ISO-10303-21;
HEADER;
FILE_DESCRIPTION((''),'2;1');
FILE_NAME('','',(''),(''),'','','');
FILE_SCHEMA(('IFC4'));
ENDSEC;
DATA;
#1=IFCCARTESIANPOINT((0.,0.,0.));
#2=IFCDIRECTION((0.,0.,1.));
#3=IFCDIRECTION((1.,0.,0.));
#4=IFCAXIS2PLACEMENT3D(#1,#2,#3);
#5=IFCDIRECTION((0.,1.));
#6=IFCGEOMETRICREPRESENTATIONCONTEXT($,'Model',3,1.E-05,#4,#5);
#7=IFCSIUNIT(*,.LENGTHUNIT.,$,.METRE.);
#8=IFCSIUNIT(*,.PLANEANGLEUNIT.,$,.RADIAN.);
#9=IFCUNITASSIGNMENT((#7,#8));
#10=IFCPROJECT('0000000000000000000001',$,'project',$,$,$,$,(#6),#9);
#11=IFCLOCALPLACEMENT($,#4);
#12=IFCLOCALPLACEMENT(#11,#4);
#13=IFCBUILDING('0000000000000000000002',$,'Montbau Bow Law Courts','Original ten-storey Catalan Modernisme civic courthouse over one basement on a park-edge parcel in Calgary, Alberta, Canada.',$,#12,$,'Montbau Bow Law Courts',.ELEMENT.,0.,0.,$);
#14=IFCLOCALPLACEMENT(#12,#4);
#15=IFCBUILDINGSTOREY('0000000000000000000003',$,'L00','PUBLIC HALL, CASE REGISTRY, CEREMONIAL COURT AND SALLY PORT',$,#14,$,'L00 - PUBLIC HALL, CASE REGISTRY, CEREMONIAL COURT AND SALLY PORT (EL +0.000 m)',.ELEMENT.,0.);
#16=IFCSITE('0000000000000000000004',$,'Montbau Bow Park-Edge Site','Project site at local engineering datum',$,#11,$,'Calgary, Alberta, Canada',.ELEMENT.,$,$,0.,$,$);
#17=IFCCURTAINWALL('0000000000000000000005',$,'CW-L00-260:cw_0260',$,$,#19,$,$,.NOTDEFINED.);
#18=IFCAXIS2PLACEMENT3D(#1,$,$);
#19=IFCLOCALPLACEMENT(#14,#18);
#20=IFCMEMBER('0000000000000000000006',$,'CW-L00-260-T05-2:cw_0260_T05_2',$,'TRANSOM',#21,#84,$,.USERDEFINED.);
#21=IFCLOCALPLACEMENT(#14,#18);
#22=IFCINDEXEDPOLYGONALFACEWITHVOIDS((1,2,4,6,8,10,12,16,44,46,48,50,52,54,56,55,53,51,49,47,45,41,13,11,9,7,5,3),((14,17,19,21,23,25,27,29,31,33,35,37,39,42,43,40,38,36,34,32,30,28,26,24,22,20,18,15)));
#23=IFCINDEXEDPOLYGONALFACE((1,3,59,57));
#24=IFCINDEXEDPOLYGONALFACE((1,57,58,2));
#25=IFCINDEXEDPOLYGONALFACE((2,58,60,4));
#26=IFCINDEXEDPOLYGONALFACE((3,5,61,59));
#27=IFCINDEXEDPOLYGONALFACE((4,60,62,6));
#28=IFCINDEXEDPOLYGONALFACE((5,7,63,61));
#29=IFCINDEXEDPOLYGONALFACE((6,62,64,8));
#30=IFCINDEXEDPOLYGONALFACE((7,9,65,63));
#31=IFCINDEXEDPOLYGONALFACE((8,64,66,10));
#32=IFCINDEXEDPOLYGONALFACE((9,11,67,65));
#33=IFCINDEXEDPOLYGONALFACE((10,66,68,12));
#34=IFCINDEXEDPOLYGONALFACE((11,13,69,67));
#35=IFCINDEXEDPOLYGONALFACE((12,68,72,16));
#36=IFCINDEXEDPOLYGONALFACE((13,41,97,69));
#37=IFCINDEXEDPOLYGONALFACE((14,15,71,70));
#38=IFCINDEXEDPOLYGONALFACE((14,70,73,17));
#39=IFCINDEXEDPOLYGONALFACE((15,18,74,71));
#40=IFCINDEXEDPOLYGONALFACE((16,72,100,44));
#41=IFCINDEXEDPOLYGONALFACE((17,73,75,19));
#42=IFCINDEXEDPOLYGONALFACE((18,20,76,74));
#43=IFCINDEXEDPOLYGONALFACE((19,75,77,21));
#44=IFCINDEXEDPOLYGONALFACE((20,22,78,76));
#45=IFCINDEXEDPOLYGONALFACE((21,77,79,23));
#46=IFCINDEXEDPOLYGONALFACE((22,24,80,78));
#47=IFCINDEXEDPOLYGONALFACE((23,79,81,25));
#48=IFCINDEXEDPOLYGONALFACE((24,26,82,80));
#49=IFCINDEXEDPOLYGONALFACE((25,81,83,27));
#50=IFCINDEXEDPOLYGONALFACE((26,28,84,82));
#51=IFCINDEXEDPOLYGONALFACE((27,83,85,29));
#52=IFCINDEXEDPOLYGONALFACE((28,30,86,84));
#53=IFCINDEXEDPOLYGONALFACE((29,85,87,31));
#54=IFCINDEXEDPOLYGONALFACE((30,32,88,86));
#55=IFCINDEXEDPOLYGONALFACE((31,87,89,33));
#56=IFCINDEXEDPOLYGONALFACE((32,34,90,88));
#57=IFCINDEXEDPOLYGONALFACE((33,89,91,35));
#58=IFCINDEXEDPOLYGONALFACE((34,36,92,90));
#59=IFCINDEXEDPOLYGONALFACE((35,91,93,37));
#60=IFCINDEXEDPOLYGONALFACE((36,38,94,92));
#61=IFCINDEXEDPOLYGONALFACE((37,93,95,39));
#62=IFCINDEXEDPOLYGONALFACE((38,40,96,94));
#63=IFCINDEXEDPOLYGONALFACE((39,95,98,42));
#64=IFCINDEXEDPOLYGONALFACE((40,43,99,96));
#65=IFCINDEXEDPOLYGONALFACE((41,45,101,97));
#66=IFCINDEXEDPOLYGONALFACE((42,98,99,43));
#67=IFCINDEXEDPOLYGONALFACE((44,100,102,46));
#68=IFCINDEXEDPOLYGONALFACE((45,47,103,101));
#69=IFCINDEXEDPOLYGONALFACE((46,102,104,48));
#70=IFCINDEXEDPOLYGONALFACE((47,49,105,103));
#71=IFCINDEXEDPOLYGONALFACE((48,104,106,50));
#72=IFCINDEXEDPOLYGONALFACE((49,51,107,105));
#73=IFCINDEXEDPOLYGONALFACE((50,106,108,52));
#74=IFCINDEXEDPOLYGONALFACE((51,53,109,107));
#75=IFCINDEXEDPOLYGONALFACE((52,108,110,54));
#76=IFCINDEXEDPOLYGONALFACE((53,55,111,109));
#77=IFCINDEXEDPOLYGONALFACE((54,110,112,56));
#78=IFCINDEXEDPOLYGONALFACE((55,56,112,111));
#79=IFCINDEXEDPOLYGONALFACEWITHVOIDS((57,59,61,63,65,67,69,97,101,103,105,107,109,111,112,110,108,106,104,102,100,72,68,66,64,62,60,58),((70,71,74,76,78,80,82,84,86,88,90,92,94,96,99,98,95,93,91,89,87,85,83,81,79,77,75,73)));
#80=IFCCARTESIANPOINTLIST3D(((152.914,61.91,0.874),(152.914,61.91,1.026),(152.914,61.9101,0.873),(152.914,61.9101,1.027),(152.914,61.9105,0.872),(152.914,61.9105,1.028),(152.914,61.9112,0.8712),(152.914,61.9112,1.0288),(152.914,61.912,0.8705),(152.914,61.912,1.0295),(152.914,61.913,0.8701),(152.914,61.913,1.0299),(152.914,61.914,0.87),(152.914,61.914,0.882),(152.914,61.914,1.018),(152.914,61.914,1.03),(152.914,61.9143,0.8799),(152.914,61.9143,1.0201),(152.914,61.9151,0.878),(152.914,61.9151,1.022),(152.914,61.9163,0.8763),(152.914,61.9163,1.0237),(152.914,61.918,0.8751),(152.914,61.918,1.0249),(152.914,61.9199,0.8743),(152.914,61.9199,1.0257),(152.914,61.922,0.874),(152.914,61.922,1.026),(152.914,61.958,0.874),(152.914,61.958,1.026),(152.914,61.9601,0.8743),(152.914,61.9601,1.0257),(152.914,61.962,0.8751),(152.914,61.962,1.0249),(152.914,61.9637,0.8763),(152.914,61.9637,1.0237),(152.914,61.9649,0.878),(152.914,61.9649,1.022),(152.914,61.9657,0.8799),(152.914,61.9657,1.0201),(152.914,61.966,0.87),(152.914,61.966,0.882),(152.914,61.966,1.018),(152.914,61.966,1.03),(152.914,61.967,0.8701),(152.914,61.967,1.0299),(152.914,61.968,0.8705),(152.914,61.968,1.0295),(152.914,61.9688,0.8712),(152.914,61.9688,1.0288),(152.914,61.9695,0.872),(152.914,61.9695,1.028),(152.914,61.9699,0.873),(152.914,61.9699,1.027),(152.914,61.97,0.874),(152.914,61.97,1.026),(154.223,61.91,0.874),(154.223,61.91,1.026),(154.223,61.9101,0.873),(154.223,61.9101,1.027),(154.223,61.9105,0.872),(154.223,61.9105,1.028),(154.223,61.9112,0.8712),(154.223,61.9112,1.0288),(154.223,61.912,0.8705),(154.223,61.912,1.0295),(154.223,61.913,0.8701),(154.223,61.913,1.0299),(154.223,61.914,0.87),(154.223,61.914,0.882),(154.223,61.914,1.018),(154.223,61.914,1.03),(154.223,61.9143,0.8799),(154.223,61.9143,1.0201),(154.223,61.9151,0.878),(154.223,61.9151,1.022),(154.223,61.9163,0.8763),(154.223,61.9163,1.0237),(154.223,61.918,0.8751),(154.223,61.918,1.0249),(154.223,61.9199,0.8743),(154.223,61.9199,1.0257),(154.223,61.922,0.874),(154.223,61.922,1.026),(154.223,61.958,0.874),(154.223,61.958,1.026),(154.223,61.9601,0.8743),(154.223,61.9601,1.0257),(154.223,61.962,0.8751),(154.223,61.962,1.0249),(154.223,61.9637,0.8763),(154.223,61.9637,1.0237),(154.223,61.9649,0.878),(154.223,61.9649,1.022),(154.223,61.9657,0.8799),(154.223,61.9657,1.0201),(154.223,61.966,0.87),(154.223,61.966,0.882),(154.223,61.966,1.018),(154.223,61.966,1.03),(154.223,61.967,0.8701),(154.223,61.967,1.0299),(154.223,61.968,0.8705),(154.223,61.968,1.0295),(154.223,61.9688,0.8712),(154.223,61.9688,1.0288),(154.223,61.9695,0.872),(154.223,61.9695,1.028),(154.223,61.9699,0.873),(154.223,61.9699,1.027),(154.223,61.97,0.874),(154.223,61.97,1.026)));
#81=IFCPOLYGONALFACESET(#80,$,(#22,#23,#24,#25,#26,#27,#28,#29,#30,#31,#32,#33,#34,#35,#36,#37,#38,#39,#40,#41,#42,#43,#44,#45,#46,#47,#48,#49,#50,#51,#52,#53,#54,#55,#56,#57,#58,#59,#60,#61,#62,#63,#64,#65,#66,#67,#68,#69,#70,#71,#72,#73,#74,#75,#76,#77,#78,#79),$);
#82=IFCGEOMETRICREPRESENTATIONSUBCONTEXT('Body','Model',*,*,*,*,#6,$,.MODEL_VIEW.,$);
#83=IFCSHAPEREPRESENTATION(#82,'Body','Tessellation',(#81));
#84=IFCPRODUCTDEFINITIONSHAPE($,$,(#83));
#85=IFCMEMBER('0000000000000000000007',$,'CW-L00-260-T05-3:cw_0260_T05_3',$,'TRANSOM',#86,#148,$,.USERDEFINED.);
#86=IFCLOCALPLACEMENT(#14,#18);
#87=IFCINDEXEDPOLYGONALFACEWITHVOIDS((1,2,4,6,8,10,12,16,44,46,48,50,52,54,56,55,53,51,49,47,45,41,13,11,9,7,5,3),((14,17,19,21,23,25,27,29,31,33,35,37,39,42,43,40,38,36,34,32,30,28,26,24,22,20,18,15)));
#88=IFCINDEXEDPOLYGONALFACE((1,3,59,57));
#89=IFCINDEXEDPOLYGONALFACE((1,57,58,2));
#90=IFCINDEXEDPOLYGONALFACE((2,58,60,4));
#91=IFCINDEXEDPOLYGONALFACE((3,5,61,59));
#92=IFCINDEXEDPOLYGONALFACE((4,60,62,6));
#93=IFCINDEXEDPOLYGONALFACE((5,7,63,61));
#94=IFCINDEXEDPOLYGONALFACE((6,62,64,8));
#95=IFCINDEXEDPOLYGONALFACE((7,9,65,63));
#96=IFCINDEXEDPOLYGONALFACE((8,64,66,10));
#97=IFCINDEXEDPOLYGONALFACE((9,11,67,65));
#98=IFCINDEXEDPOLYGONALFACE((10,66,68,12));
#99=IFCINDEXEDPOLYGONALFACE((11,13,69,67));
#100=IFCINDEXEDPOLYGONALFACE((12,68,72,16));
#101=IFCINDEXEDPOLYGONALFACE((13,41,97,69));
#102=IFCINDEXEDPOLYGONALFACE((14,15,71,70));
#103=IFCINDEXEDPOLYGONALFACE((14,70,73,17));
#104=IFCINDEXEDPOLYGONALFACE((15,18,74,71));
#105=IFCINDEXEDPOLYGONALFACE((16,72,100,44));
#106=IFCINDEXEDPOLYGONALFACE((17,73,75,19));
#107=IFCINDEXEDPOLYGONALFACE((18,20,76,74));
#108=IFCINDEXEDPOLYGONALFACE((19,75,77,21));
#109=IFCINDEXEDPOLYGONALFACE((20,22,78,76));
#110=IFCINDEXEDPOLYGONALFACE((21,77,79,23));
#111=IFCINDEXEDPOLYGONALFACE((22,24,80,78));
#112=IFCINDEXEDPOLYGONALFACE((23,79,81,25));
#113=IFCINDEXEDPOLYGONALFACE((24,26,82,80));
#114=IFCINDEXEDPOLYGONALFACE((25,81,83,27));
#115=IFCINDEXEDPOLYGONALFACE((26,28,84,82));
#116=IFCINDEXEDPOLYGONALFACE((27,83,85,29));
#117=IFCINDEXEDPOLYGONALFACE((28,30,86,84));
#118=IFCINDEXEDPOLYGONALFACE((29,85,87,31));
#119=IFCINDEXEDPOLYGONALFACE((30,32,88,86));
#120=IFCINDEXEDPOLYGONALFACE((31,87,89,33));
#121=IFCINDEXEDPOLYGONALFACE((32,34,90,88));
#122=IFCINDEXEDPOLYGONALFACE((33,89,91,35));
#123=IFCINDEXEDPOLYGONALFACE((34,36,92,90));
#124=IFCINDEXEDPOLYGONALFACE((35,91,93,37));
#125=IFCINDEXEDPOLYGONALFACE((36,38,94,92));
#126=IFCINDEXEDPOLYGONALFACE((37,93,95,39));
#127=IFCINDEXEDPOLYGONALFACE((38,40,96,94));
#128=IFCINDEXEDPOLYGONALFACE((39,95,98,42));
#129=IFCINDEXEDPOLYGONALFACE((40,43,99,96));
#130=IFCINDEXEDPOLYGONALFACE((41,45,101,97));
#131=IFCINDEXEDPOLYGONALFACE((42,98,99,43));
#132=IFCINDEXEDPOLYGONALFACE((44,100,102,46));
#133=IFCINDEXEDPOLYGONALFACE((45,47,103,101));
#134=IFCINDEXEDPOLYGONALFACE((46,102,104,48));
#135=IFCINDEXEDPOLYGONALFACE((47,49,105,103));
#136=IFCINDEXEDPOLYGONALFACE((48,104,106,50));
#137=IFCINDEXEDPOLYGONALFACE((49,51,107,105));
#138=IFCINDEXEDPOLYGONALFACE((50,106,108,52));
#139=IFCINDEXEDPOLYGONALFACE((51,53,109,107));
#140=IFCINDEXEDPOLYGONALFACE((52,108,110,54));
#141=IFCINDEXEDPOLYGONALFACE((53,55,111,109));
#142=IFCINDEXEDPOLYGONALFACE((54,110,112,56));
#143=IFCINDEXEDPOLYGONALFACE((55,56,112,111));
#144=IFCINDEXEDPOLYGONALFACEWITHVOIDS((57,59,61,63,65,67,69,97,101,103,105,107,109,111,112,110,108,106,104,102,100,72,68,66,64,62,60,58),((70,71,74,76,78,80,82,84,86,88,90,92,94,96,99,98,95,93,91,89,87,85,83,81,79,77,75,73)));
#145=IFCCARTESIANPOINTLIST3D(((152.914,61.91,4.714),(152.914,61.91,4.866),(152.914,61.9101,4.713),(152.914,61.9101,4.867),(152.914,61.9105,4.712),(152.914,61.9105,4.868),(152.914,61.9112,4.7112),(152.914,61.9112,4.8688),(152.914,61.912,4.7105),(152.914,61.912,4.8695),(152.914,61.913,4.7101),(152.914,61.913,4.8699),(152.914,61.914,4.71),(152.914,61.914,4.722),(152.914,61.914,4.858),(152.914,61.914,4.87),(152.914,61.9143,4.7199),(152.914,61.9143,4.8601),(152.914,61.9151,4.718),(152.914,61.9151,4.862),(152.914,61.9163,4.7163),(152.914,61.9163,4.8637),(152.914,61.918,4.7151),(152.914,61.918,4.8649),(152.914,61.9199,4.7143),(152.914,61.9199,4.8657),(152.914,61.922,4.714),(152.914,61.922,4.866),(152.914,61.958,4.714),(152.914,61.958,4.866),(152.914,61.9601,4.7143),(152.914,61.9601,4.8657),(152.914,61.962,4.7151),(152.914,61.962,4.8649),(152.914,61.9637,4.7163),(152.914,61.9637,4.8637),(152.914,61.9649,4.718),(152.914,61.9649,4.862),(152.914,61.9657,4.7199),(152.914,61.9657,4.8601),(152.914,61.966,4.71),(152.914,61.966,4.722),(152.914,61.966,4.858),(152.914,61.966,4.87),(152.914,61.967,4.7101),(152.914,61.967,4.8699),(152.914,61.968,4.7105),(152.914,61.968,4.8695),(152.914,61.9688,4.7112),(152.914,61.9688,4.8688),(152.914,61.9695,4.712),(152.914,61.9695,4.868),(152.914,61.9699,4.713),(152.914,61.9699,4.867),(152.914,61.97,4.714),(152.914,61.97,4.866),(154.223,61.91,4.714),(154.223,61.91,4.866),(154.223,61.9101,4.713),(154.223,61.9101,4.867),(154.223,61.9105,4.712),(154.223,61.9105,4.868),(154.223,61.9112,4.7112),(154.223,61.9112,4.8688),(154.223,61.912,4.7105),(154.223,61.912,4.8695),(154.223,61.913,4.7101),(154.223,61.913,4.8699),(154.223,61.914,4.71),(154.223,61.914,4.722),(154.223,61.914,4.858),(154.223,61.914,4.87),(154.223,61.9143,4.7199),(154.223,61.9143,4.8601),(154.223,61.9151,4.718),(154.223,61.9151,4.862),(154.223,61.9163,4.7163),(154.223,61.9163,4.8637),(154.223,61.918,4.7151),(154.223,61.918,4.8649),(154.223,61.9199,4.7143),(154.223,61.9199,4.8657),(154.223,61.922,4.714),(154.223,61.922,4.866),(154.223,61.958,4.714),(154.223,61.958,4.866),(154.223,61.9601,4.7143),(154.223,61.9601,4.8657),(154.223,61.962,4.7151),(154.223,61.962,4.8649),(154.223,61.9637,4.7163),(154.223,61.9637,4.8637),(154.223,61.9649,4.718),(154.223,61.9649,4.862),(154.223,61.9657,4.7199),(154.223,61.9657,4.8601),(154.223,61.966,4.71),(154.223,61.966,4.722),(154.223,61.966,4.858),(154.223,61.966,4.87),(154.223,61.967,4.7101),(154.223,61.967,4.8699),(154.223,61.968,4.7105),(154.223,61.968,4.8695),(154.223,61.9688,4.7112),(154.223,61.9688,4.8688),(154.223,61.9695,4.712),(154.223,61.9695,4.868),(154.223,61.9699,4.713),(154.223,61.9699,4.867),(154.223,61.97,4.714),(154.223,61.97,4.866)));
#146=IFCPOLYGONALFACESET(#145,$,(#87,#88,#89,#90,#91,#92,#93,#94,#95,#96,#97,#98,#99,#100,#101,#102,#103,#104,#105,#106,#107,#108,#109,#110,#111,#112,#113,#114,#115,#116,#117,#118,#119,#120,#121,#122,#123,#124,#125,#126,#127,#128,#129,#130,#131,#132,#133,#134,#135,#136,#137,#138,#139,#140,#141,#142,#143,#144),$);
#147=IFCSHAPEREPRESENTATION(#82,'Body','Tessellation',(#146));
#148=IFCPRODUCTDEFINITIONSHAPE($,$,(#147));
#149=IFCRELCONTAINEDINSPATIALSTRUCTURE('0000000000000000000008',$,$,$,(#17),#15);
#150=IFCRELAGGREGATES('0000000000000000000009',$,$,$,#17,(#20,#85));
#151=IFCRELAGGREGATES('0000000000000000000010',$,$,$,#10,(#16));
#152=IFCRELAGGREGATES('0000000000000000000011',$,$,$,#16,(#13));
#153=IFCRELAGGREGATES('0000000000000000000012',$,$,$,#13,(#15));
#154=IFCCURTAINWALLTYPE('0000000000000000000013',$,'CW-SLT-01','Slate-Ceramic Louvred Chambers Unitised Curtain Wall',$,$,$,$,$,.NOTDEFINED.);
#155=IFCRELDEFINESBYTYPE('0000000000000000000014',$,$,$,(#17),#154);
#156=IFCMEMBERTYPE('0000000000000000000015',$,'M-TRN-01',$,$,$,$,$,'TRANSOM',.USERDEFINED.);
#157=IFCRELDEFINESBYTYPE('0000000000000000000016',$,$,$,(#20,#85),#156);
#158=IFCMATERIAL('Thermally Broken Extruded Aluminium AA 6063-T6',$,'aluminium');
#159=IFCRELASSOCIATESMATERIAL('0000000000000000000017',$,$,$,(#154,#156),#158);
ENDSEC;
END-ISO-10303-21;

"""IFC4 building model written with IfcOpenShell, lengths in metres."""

from ifc_helpers import new_model, si_unit, direction, frame, origin_with_axes, origin_2d_with_axis, place, context, subcontext, project, spatial, hollow_rectangle, extrude, material, material_profile, profile_set, type_object, element, aggregate, save


model = new_model("IFC4")

# Units and contexts
model_context = context("Model", 3, precision=1e-05, world=origin_with_axes(), true_north=direction((0.0, 1.0)))
body_context = subcontext(model_context, "Body", "Model", "MODEL_VIEW")
ifc_project = project(units=[si_unit("LENGTHUNIT", "METRE"), si_unit("PLANEANGLEUNIT", "RADIAN")], contexts=[model_context])

# Site, building, storey
site_placement = place(None, origin_with_axes())
site = spatial("IfcSite", under=ifc_project, at=site_placement, Name="Montbau Bow Park-Edge Site", Description="Project site at local engineering datum", LongName="Calgary, Alberta, Canada", CompositionType="ELEMENT", RefElevation=0.0)
building_placement = place(site_placement, origin_with_axes())
building = spatial("IfcBuilding", under=site, at=building_placement, Name="Montbau Bow Law Courts", Description="Original ten-storey Catalan Modernisme civic courthouse over one basement on a park-edge parcel in Calgary, Alberta, Canada.", LongName="Montbau Bow Law Courts", CompositionType="ELEMENT", ElevationOfRefHeight=0.0, ElevationOfTerrain=0.0)
storey_placement = place(building_placement, origin_with_axes())
storey = spatial("IfcBuildingStorey", under=building, at=storey_placement, Name="L00", Description="PUBLIC HALL, CASE REGISTRY, CEREMONIAL COURT AND SALLY PORT", LongName="L00 - PUBLIC HALL, CASE REGISTRY, CEREMONIAL COURT AND SALLY PORT (EL +0.000 m)", CompositionType="ELEMENT", Elevation=0.0)

# Curtain wall, members
ifc_material_1 = material(Name="Thermally Broken Extruded Aluminium AA 6063-T6", Category="aluminium")
curtain_wall_type = type_object("IfcCurtainWallType", Name="CW-SLT-01", Description="Slate-Ceramic Louvred Chambers Unitised Curtain Wall", PredefinedType="NOTDEFINED", material=ifc_material_1)
curtain_wall_1_placement = place(None, frame((147.268, 61.94, 0.0), z_axis=(0.0, 0.0, 1.0), x_axis=(1.0, 0.0, 0.0)))
curtain_wall_1 = element("IfcCurtainWall", 1, at=curtain_wall_1_placement, inside=storey, type_object=curtain_wall_type, Name="CW-L00-260:cw_0260", PredefinedType="NOTDEFINED")
ifc_material_profile_1 = material_profile(ifc_material_1, hollow_rectangle(XDim=0.06, YDim=0.16, WallThickness=0.004, InnerFilletRadius=0.008, OuterFilletRadius=0.004, at=origin_2d_with_axis()), Name="CWT-160X60", Category="Main", Priority=0)
ifc_profile_set_1 = profile_set([ifc_material_profile_1], Name="Thermally Broken Extruded Aluminium AA 6063-T6")
member_type_1 = type_object("IfcMemberType", Name="M-TRN-01", ElementType="TRANSOM", PredefinedType="USERDEFINED", material=ifc_profile_set_1)
member_1_placement = place(None, frame((152.914, 61.94, 0.95), z_axis=(1.0, 0.0, 0.0), x_axis=(0.0, 1.0, 0.0)))
member_1 = element("IfcMember", 2, at=member_1_placement, type_object=member_type_1, Name="CW-L00-260-T05-2:cw_0260_T05_2", ObjectType="TRANSOM", PredefinedType="USERDEFINED", context=body_context, shape_type="SweptSolid", body=[
    extrude(hollow_rectangle(XDim=0.06, YDim=0.16, WallThickness=0.004, InnerFilletRadius=0.008, OuterFilletRadius=0.004, at=origin_2d_with_axis()), origin_with_axes(), (0.0, 0.0, 1.0), 1.309),
])
member_2_placement = place(None, frame((152.914, 61.94, 4.79), z_axis=(1.0, 0.0, 0.0), x_axis=(0.0, 1.0, 0.0)))
member_2 = element("IfcMember", 3, at=member_2_placement, type_object=member_type_1, Name="CW-L00-260-T05-3:cw_0260_T05_3", ObjectType="TRANSOM", PredefinedType="USERDEFINED", context=body_context, shape_type="SweptSolid", body=[
    extrude(hollow_rectangle(XDim=0.06, YDim=0.16, WallThickness=0.004, InnerFilletRadius=0.008, OuterFilletRadius=0.004, at=origin_2d_with_axis()), origin_with_axes(), (0.0, 0.0, 1.0), 1.309),
])

aggregate(curtain_wall_1, [member_1, member_2])

save(model, "model.ifc")
